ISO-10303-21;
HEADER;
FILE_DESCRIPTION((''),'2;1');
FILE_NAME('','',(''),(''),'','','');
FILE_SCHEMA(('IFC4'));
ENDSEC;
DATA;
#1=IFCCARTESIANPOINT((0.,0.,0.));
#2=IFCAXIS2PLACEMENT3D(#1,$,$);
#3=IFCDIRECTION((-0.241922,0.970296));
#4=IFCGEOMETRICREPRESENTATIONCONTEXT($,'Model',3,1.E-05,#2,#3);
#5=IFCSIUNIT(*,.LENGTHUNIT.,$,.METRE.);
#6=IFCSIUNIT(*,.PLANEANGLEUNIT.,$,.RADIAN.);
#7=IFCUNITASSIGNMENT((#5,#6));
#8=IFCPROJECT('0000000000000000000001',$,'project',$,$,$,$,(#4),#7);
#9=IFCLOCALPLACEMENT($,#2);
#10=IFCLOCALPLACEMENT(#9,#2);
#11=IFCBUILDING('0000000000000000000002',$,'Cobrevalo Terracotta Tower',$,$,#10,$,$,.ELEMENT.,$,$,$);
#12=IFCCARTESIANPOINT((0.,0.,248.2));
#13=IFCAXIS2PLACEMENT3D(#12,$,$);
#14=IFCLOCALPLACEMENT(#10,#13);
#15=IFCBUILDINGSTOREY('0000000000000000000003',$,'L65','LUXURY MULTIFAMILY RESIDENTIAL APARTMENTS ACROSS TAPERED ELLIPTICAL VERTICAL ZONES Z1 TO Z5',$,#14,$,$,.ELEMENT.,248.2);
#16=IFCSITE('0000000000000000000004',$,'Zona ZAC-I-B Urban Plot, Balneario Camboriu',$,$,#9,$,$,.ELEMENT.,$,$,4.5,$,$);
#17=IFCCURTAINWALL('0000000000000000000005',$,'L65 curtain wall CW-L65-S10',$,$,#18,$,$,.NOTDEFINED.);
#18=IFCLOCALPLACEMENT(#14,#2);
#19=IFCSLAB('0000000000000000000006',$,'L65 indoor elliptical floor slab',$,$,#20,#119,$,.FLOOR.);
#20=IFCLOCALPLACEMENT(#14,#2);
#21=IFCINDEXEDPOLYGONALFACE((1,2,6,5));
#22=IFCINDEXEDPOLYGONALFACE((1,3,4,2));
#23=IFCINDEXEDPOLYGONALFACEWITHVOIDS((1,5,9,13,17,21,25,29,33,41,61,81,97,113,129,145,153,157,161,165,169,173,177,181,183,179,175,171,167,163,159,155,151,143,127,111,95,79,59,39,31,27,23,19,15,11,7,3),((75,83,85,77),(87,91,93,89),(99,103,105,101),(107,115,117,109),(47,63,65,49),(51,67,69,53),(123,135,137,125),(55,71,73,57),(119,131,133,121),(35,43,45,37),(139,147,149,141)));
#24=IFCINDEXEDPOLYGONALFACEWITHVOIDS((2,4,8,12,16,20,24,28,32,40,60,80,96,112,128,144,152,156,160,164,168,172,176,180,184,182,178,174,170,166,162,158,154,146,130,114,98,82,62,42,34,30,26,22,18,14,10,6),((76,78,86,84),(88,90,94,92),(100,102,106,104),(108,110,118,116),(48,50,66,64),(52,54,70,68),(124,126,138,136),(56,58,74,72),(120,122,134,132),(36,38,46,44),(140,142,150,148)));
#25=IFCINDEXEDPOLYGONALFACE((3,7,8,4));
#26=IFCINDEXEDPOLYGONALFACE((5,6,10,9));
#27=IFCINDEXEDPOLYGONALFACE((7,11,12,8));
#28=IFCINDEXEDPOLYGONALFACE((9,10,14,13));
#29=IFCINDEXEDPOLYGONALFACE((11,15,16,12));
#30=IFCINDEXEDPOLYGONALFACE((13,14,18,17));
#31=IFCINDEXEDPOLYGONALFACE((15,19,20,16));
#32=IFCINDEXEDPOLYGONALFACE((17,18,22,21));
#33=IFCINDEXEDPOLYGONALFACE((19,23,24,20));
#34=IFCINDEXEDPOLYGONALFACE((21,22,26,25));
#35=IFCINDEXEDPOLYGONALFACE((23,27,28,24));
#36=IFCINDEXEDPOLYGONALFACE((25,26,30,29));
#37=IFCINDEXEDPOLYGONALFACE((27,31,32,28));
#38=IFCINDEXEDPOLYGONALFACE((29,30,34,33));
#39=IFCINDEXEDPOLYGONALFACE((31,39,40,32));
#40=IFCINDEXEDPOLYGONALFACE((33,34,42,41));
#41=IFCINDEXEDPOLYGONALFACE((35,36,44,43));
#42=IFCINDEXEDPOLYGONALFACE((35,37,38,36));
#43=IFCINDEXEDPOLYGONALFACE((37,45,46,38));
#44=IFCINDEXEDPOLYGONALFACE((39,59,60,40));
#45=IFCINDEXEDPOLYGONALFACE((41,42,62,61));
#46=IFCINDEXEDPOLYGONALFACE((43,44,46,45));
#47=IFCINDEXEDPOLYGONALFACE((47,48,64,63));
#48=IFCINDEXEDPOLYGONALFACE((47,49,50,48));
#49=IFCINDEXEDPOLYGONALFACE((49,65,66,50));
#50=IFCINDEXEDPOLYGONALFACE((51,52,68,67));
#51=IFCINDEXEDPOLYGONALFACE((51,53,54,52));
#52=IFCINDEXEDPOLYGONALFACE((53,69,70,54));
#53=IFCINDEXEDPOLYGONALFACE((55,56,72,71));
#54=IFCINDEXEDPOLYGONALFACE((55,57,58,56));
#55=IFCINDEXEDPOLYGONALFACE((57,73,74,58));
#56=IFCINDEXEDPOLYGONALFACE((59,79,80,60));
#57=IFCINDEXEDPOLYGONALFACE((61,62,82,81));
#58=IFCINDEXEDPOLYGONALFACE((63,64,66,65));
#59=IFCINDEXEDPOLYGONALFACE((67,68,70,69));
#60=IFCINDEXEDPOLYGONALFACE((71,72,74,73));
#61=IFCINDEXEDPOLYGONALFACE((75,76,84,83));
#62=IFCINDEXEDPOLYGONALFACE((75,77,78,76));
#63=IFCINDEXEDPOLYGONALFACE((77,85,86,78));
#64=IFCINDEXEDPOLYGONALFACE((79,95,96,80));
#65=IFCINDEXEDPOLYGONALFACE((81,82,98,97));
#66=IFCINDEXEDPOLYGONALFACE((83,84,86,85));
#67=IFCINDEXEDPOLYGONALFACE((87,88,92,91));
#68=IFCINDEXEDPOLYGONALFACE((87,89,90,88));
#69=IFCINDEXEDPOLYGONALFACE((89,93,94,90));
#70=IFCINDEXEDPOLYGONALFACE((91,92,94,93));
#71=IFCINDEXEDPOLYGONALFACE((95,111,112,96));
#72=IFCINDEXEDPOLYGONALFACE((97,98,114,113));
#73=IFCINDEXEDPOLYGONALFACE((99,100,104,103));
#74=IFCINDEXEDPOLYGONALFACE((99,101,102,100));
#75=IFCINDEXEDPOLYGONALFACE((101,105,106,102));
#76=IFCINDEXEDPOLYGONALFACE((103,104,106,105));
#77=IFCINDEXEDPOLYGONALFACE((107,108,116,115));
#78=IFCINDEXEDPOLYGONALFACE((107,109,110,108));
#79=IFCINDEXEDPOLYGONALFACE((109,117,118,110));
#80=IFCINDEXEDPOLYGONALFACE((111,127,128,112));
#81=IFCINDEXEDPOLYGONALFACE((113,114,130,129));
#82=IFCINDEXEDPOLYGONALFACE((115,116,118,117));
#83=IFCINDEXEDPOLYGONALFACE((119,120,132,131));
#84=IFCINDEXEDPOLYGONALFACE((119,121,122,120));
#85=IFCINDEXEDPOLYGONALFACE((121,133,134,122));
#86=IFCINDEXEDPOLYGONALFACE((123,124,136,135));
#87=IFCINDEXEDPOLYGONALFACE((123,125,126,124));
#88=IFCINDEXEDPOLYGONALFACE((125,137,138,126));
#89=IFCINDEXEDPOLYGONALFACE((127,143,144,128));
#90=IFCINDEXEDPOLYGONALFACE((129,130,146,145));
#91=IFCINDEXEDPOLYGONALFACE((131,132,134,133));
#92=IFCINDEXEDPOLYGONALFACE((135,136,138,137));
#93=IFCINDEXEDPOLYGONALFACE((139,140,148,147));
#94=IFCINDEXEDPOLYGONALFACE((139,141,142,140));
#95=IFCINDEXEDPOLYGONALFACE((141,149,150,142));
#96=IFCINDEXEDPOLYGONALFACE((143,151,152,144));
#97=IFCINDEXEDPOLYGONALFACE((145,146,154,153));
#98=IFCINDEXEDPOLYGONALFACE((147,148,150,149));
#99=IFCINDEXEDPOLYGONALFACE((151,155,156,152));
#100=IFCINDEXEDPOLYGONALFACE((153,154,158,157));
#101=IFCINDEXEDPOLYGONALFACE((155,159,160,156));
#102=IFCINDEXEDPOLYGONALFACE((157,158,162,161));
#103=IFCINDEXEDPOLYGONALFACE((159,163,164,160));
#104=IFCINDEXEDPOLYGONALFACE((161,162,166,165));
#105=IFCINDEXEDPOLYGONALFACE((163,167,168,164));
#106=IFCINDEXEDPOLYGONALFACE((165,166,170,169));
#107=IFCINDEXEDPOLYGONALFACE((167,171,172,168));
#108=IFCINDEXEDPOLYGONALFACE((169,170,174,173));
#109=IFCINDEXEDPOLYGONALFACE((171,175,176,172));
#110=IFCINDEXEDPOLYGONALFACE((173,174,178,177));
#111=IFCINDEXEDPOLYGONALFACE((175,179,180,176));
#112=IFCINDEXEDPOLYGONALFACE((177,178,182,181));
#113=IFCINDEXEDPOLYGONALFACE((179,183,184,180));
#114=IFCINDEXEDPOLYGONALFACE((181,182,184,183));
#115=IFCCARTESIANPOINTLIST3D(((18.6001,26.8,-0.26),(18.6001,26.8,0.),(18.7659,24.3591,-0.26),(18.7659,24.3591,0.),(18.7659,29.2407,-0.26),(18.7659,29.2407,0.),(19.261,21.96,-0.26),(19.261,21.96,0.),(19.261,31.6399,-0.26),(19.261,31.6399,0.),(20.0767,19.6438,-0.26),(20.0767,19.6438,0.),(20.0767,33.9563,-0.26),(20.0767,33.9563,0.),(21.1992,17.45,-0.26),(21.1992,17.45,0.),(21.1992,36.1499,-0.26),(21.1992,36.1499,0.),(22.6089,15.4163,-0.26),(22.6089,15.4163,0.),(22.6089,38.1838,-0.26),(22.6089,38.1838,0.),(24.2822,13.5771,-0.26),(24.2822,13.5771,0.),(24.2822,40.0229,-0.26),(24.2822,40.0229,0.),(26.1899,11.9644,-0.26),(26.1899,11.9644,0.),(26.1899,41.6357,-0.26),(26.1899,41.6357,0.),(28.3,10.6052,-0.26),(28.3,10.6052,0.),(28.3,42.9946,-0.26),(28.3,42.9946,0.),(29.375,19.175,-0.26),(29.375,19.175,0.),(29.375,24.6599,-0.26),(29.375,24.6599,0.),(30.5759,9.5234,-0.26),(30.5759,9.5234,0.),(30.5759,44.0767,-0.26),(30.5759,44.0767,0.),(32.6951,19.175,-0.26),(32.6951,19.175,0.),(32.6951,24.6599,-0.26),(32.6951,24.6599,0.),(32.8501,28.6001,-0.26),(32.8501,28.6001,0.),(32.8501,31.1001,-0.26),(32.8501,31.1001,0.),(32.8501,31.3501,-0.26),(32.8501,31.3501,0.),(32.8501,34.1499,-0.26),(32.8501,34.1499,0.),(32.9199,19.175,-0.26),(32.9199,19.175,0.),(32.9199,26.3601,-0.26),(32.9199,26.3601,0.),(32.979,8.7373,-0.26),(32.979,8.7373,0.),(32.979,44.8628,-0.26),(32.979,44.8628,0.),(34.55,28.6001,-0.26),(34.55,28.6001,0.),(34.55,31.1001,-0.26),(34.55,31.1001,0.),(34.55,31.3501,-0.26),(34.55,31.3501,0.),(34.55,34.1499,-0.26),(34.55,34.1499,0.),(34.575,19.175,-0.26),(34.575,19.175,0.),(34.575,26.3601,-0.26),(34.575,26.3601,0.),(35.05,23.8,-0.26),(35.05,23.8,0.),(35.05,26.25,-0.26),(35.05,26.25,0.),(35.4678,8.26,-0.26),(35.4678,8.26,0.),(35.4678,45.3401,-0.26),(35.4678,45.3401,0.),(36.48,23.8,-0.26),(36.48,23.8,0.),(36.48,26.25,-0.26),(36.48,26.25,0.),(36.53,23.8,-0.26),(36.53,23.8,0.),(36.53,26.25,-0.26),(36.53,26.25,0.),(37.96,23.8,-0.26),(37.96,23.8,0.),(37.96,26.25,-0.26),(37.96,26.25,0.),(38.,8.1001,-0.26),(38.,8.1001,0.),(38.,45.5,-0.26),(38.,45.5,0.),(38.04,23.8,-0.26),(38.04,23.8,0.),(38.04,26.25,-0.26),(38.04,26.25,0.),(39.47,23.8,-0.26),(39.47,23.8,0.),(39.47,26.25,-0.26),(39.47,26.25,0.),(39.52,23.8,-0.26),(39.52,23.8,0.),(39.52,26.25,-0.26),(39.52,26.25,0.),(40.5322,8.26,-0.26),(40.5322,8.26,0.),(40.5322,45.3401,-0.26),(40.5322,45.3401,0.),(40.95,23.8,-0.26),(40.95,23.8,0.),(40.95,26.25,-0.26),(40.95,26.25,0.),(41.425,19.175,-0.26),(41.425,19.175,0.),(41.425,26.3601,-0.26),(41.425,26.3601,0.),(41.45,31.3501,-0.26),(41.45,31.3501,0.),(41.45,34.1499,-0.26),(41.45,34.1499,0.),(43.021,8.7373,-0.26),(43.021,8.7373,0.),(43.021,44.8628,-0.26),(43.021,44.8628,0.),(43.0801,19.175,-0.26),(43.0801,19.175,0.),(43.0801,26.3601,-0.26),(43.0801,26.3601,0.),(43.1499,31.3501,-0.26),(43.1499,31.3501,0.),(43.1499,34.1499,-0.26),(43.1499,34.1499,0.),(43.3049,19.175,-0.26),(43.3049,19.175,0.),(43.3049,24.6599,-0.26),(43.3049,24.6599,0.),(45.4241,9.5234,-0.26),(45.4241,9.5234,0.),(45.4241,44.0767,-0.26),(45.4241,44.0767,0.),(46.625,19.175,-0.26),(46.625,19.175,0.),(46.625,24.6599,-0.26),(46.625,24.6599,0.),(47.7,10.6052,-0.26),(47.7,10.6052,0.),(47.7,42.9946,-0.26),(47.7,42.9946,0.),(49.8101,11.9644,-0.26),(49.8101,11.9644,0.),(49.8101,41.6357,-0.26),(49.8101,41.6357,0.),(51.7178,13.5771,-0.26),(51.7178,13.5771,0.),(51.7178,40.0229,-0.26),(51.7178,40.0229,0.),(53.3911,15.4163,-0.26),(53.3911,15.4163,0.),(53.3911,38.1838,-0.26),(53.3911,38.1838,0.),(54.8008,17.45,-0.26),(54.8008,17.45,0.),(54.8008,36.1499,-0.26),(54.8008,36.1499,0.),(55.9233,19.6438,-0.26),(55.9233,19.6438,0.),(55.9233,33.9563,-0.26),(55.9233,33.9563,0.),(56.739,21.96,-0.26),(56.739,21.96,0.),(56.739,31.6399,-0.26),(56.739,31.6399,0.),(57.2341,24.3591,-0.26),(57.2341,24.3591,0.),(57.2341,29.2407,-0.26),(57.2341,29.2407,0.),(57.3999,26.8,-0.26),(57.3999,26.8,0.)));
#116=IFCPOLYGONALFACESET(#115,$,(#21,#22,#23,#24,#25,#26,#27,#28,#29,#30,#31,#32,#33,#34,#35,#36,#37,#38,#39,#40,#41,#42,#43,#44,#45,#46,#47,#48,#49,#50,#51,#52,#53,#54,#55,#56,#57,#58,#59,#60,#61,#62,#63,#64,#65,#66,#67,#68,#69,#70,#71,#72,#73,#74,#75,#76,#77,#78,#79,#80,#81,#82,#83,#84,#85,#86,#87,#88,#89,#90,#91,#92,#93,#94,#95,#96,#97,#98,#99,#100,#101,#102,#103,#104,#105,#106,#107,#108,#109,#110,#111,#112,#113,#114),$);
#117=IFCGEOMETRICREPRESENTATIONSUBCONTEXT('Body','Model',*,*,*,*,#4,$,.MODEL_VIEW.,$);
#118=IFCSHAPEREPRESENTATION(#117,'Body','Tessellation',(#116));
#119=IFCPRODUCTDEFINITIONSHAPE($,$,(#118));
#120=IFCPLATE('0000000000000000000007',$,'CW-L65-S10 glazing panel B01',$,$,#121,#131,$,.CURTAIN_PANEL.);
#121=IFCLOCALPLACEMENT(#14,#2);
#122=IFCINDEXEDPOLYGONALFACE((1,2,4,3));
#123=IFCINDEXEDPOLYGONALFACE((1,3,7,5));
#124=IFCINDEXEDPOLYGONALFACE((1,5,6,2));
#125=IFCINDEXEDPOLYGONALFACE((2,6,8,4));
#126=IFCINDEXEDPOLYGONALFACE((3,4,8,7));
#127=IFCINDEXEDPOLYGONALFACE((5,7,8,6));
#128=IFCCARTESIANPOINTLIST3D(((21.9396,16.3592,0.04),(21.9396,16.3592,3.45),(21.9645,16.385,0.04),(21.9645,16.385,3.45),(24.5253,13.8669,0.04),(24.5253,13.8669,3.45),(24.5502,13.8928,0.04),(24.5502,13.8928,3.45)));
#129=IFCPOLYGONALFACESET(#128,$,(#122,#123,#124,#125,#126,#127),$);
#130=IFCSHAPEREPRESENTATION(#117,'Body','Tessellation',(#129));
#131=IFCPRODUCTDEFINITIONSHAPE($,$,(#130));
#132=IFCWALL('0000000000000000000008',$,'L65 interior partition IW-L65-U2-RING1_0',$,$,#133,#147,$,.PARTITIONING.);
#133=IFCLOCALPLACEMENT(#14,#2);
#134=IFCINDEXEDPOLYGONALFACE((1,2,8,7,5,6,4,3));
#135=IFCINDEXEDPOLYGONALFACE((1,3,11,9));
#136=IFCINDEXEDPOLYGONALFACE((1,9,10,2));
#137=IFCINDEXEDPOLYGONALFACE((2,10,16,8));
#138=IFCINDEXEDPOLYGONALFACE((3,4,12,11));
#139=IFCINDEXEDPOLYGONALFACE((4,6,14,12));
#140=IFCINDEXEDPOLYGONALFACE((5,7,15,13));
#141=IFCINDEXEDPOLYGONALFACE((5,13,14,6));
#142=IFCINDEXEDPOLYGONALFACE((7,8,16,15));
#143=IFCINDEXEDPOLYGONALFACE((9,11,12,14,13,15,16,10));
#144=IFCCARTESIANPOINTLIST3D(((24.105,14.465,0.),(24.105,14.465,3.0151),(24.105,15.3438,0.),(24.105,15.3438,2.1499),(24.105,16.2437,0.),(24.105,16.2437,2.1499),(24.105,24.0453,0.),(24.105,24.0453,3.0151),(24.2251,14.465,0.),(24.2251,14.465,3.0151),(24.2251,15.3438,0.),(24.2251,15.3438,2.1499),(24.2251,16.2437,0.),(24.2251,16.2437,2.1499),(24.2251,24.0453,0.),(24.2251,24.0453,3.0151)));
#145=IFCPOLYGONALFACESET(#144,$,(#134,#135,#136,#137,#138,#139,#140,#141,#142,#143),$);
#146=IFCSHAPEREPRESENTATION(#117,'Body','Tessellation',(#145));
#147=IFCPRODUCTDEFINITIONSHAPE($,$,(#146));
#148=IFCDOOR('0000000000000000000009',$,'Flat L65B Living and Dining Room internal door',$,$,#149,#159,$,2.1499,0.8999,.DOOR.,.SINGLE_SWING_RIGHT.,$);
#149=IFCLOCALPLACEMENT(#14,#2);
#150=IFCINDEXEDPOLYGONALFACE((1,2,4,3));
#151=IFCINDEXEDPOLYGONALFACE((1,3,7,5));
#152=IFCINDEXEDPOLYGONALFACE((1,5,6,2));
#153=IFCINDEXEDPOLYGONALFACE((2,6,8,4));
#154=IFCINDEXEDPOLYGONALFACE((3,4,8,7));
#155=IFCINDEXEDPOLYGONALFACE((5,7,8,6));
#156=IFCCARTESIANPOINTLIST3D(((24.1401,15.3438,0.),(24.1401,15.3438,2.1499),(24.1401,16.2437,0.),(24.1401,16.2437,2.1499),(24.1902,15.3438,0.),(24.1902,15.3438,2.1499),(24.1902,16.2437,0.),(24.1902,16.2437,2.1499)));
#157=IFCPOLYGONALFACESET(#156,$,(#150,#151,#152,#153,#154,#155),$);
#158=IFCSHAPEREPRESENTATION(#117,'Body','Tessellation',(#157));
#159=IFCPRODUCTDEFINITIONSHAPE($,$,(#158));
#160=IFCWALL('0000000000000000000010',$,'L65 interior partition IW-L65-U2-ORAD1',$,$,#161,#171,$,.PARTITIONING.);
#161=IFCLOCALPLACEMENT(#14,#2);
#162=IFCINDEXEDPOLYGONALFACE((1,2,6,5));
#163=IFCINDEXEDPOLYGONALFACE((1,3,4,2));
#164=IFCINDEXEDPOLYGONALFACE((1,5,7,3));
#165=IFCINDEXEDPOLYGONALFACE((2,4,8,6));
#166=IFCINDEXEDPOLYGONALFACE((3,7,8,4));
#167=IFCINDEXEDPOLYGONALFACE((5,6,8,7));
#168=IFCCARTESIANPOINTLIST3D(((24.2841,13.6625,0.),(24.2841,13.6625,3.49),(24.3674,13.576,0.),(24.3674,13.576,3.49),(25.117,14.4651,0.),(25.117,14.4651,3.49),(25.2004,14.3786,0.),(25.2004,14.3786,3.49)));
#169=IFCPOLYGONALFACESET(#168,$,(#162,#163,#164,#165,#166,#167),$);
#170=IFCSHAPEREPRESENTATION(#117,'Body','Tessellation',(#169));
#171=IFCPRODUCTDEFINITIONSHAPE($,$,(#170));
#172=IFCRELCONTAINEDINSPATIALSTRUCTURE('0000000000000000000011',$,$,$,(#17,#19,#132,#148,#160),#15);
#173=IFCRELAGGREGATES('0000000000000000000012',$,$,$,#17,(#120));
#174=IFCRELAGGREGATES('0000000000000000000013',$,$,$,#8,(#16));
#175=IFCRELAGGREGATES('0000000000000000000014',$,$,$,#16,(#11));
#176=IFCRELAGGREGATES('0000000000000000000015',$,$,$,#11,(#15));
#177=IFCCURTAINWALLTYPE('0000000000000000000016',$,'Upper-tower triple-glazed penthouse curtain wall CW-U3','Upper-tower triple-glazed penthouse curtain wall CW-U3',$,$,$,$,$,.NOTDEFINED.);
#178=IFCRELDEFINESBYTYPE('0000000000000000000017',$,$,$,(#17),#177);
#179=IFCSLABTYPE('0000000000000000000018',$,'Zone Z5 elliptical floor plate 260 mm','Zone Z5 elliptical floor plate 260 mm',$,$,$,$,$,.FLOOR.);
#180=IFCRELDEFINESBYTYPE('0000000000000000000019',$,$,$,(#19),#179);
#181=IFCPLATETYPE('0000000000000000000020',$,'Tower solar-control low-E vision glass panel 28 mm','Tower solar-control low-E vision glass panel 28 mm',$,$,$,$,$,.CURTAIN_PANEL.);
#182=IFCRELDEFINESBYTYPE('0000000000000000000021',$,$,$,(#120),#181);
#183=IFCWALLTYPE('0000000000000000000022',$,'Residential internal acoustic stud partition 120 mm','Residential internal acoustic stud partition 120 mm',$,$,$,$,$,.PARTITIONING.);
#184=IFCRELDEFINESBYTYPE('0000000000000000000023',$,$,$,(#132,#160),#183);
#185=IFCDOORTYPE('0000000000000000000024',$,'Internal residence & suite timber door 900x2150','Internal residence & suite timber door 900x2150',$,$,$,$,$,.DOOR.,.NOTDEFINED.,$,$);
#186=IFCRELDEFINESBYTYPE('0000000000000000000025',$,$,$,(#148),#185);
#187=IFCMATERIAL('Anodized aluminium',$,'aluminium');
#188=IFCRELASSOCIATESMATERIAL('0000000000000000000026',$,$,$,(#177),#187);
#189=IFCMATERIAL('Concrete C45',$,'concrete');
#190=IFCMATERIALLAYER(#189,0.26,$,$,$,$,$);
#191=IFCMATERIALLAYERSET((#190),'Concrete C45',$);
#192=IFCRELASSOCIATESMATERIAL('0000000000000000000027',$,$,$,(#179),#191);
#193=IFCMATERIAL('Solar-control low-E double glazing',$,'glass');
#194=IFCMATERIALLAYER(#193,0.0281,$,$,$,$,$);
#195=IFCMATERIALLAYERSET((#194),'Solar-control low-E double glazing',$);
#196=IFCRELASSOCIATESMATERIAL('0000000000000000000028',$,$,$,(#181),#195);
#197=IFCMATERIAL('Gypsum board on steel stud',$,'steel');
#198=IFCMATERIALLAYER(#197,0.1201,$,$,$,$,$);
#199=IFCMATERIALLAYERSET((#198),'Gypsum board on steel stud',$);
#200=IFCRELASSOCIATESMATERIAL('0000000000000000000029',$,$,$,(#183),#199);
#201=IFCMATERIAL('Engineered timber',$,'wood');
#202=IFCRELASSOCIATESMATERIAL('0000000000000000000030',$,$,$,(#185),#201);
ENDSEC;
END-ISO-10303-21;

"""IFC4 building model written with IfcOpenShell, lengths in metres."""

from ifc_helpers import new_model, si_unit, direction, frame, frame_2d, origin, origin_2d, place, context, subcontext, project, spatial, polyline, rectangle, outline, extrude, source, transform, mapped, material, layer, layer_set, type_object, element, fill, aggregate, save


model = new_model("IFC4")

# Units and contexts
model_context = context("Model", 3, precision=1e-05, world=origin(), true_north=direction((-0.241922, 0.970296)))
body_context = subcontext(model_context, "Body", "Model", "MODEL_VIEW")
ifc_project = project(units=[si_unit("LENGTHUNIT", "METRE"), si_unit("PLANEANGLEUNIT", "RADIAN")], contexts=[model_context])

# Site, building, storey
site_placement = place(None, origin())
site = spatial("IfcSite", under=ifc_project, at=site_placement, Name="Zona ZAC-I-B Urban Plot, Balneario Camboriu", CompositionType="ELEMENT", RefElevation=4.5)
building_placement = place(site_placement, origin())
building = spatial("IfcBuilding", under=site, at=building_placement, Name="Cobrevalo Terracotta Tower", CompositionType="ELEMENT")
storey_placement = place(building_placement, frame((0.0, 0.0, 248.2)))
storey = spatial("IfcBuildingStorey", under=building, at=storey_placement, Name="L65", Description="LUXURY MULTIFAMILY RESIDENTIAL APARTMENTS ACROSS TAPERED ELLIPTICAL VERTICAL ZONES Z1 TO Z5", CompositionType="ELEMENT", Elevation=248.2)

# Curtain wall
ifc_material_1 = material(Name="Anodized aluminium", Category="aluminium")
curtain_wall_type = type_object("IfcCurtainWallType", Name="Upper-tower triple-glazed penthouse curtain wall CW-U3", Description="Upper-tower triple-glazed penthouse curtain wall CW-U3", PredefinedType="NOTDEFINED", material=ifc_material_1)
curtain_wall_placement = place(storey_placement, origin())
curtain_wall = element("IfcCurtainWall", 1, at=curtain_wall_placement, inside=storey, type_object=curtain_wall_type, Name="L65 curtain wall CW-L65-S10", PredefinedType="NOTDEFINED")

# Slab
ifc_material_2 = material(Name="Concrete C45", Category="concrete")
ifc_layer_1 = layer(ifc_material_2, 0.26)
ifc_layer_set_1 = layer_set([ifc_layer_1], Name="Concrete C45")
slab_type_1 = type_object("IfcSlabType", Name="Zone Z5 elliptical floor plate 260 mm", Description="Zone Z5 elliptical floor plate 260 mm", PredefinedType="FLOOR", material=ifc_layer_set_1)
slab_1_placement = place(storey_placement, frame((0.0, 0.0, -0.26)))
element("IfcSlab", 2, at=slab_1_placement, inside=storey, type_object=slab_type_1, Name="L65 indoor elliptical floor slab", PredefinedType="FLOOR", context=body_context, shape_type="SweptSolid", body=[
    extrude(outline(polyline([(57.2341, 24.3591), (56.739, 21.96), (55.9233, 19.6438), (54.8008, 17.45), (53.3911, 15.4163), (51.7178, 13.5771), (49.8101, 11.9644), (47.7, 10.6052), (45.4241, 9.5234), (43.021, 8.7373), (40.5322, 8.26), (38.0, 8.1001), (35.4678, 8.26), (32.979, 8.7373), (30.5759, 9.5234), (28.3, 10.6052), (26.1899, 11.9644), (24.2822, 13.5771), (22.6089, 15.4163), (21.1992, 17.45), (20.0767, 19.6438), (19.261, 21.96), (18.7659, 24.3591), (18.6001, 26.8), (18.7659, 29.2407), (19.261, 31.6399), (20.0767, 33.9563), (21.1992, 36.1499), (22.6089, 38.1838), (24.2822, 40.0229), (26.1899, 41.6357), (28.3, 42.9946), (30.5759, 44.0767), (32.979, 44.8628), (35.4678, 45.3401), (38.0, 45.5), (40.5322, 45.3401), (43.021, 44.8628), (45.4241, 44.0767), (47.7, 42.9946), (49.8101, 41.6357), (51.7178, 40.0229), (53.3911, 38.1838), (54.8008, 36.1499), (55.9233, 33.9563), (56.739, 31.6399), (57.2341, 29.2407), (57.3999, 26.8), (57.2341, 24.3591)]), holes=[polyline([(32.6951, 19.175), (32.6951, 24.6599), (29.375, 24.6599), (29.375, 19.175), (32.6951, 19.175)]), polyline([(34.575, 26.3601), (32.9199, 26.3601), (32.9199, 19.175), (34.575, 19.175), (34.575, 26.3601)]), polyline([(36.48, 26.25), (35.05, 26.25), (35.05, 23.8), (36.48, 23.8), (36.48, 26.25)]), polyline([(37.96, 23.8), (37.96, 26.25), (36.53, 26.25), (36.53, 23.8), (37.96, 23.8)]), polyline([(34.55, 28.6001), (34.55, 31.1001), (32.8501, 31.1001), (32.8501, 28.6001), (34.55, 28.6001)]), polyline([(34.55, 34.1499), (32.8501, 34.1499), (32.8501, 31.3501), (34.55, 31.3501), (34.55, 34.1499)]), polyline([(43.3049, 19.175), (46.625, 19.175), (46.625, 24.6599), (43.3049, 24.6599), (43.3049, 19.175)]), polyline([(43.0801, 19.175), (43.0801, 26.3601), (41.425, 26.3601), (41.425, 19.175), (43.0801, 19.175)]), polyline([(39.47, 26.25), (38.04, 26.25), (38.04, 23.8), (39.47, 23.8), (39.47, 26.25)]), polyline([(40.95, 23.8), (40.95, 26.25), (39.52, 26.25), (39.52, 23.8), (40.95, 23.8)]), polyline([(43.1499, 31.3501), (43.1499, 34.1499), (41.45, 34.1499), (41.45, 31.3501), (43.1499, 31.3501)])]), origin(), (0.0, 0.0, 1.0), 0.26),
])

# Plate
ifc_material_3 = material(Name="Solar-control low-E double glazing", Category="glass")
ifc_layer_2 = layer(ifc_material_3, 0.0281)
ifc_layer_set_2 = layer_set([ifc_layer_2], Name="Solar-control low-E double glazing")
plate_type = type_object("IfcPlateType", Name="Tower solar-control low-E vision glass panel 28 mm", Description="Tower solar-control low-E vision glass panel 28 mm", PredefinedType="CURTAIN_PANEL", material=ifc_layer_set_2)
shared_shape_1 = source(origin(), body_context, "Body", "SweptSolid", [
    extrude(rectangle(XDim=3.5913, YDim=0.0359, at=origin_2d()), origin(), (0.0, 0.0, 1.0), 3.4099),
])
plate_placement = place(storey_placement, frame((23.2449, 15.126, 0.04), z_axis=(0.0, 0.0, 1.0), x_axis=(0.719997, -0.693978, 0.0)))
plate = element("IfcPlate", 3, at=plate_placement, type_object=plate_type, Name="CW-L65-S10 glazing panel B01", PredefinedType="CURTAIN_PANEL", context=body_context, shape_type="MappedRepresentation", body=[
    mapped(shared_shape_1, transform((0.0, 0.0, 0.0), scale=1.0)),
])
aggregate(curtain_wall, [plate])

# Wall, opening, door
ifc_material_4 = material(Name="Gypsum board on steel stud", Category="steel")
ifc_layer_3 = layer(ifc_material_4, 0.1201)
ifc_layer_set_3 = layer_set([ifc_layer_3], Name="Gypsum board on steel stud")
wall_type = type_object("IfcWallType", Name="Residential internal acoustic stud partition 120 mm", Description="Residential internal acoustic stud partition 120 mm", PredefinedType="PARTITIONING", material=ifc_layer_set_3)
wall_1_placement = place(storey_placement, frame((24.165, 14.4651, 0.0), z_axis=(0.0, 0.0, 1.0), x_axis=(0.0, 1.0, 0.0)))
wall_1 = element("IfcWall", 4, at=wall_1_placement, inside=storey, type_object=wall_type, Name="L65 interior partition IW-L65-U2-RING1_0", PredefinedType="PARTITIONING", context=body_context, shape_type="SweptSolid", body=[
    extrude(rectangle(XDim=9.5803, YDim=0.1201, at=frame_2d((4.79, 0.0))), origin(), (0.0, 0.0, 1.0), 3.0151),
])
opening_placement = place(wall_1_placement, frame((0.8787, 0.0, 0.0)))
opening = element("IfcOpeningElement", 5, at=opening_placement, cuts=wall_1, PredefinedType="OPENING", context=body_context, shape_type="SweptSolid", body=[
    extrude(rectangle(XDim=0.8999, YDim=2.1499, at=frame_2d((0.45, 1.075))), frame((0.0, 0.0701, 0.0), z_axis=(0.0, -1.0, 0.0), x_axis=(1.0, 0.0, 0.0)), (0.0, 0.0, 1.0), 0.1401),
])
ifc_material_5 = material(Name="Engineered timber", Category="wood")
door_type = type_object("IfcDoorType", Name="Internal residence & suite timber door 900x2150", Description="Internal residence & suite timber door 900x2150", OperationType="NOTDEFINED", PredefinedType="DOOR", material=ifc_material_5)
shared_shape_2 = source(origin(), body_context, "Body", "SweptSolid", [
    extrude(rectangle(XDim=0.8999, YDim=2.1499, at=frame_2d((0.45, 1.075))), frame((0.0, 0.0249, 0.0), z_axis=(0.0, -1.0, 0.0), x_axis=(1.0, 0.0, 0.0)), (0.0, 0.0, 1.0), 0.05),
])
door_placement = place(opening_placement, origin())
door = element("IfcDoor", 6, at=door_placement, inside=storey, type_object=door_type, Name="Flat L65B Living and Dining Room internal door", OperationType="SINGLE_SWING_RIGHT", OverallHeight=2.1499, OverallWidth=0.8999, PredefinedType="DOOR", context=body_context, shape_type="MappedRepresentation", body=[
    mapped(shared_shape_2, transform((0.0, 0.0, 0.0), scale=1.0)),
])
fill(opening, door)

# Wall
wall_2_placement = place(storey_placement, frame((25.1587, 14.4219, 0.0), z_axis=(0.0, 0.0, 1.0), x_axis=(-0.72007, -0.693901, 0.0)))
element("IfcWall", 7, at=wall_2_placement, inside=storey, type_object=wall_type, Name="L65 interior partition IW-L65-U2-ORAD1", PredefinedType="PARTITIONING", context=body_context, shape_type="SweptSolid", body=[
    extrude(rectangle(XDim=1.1567, YDim=0.1201, at=frame_2d((0.5784, 0.0))), origin(), (0.0, 0.0, 1.0), 3.49),
])

save(model, "model.ifc")
